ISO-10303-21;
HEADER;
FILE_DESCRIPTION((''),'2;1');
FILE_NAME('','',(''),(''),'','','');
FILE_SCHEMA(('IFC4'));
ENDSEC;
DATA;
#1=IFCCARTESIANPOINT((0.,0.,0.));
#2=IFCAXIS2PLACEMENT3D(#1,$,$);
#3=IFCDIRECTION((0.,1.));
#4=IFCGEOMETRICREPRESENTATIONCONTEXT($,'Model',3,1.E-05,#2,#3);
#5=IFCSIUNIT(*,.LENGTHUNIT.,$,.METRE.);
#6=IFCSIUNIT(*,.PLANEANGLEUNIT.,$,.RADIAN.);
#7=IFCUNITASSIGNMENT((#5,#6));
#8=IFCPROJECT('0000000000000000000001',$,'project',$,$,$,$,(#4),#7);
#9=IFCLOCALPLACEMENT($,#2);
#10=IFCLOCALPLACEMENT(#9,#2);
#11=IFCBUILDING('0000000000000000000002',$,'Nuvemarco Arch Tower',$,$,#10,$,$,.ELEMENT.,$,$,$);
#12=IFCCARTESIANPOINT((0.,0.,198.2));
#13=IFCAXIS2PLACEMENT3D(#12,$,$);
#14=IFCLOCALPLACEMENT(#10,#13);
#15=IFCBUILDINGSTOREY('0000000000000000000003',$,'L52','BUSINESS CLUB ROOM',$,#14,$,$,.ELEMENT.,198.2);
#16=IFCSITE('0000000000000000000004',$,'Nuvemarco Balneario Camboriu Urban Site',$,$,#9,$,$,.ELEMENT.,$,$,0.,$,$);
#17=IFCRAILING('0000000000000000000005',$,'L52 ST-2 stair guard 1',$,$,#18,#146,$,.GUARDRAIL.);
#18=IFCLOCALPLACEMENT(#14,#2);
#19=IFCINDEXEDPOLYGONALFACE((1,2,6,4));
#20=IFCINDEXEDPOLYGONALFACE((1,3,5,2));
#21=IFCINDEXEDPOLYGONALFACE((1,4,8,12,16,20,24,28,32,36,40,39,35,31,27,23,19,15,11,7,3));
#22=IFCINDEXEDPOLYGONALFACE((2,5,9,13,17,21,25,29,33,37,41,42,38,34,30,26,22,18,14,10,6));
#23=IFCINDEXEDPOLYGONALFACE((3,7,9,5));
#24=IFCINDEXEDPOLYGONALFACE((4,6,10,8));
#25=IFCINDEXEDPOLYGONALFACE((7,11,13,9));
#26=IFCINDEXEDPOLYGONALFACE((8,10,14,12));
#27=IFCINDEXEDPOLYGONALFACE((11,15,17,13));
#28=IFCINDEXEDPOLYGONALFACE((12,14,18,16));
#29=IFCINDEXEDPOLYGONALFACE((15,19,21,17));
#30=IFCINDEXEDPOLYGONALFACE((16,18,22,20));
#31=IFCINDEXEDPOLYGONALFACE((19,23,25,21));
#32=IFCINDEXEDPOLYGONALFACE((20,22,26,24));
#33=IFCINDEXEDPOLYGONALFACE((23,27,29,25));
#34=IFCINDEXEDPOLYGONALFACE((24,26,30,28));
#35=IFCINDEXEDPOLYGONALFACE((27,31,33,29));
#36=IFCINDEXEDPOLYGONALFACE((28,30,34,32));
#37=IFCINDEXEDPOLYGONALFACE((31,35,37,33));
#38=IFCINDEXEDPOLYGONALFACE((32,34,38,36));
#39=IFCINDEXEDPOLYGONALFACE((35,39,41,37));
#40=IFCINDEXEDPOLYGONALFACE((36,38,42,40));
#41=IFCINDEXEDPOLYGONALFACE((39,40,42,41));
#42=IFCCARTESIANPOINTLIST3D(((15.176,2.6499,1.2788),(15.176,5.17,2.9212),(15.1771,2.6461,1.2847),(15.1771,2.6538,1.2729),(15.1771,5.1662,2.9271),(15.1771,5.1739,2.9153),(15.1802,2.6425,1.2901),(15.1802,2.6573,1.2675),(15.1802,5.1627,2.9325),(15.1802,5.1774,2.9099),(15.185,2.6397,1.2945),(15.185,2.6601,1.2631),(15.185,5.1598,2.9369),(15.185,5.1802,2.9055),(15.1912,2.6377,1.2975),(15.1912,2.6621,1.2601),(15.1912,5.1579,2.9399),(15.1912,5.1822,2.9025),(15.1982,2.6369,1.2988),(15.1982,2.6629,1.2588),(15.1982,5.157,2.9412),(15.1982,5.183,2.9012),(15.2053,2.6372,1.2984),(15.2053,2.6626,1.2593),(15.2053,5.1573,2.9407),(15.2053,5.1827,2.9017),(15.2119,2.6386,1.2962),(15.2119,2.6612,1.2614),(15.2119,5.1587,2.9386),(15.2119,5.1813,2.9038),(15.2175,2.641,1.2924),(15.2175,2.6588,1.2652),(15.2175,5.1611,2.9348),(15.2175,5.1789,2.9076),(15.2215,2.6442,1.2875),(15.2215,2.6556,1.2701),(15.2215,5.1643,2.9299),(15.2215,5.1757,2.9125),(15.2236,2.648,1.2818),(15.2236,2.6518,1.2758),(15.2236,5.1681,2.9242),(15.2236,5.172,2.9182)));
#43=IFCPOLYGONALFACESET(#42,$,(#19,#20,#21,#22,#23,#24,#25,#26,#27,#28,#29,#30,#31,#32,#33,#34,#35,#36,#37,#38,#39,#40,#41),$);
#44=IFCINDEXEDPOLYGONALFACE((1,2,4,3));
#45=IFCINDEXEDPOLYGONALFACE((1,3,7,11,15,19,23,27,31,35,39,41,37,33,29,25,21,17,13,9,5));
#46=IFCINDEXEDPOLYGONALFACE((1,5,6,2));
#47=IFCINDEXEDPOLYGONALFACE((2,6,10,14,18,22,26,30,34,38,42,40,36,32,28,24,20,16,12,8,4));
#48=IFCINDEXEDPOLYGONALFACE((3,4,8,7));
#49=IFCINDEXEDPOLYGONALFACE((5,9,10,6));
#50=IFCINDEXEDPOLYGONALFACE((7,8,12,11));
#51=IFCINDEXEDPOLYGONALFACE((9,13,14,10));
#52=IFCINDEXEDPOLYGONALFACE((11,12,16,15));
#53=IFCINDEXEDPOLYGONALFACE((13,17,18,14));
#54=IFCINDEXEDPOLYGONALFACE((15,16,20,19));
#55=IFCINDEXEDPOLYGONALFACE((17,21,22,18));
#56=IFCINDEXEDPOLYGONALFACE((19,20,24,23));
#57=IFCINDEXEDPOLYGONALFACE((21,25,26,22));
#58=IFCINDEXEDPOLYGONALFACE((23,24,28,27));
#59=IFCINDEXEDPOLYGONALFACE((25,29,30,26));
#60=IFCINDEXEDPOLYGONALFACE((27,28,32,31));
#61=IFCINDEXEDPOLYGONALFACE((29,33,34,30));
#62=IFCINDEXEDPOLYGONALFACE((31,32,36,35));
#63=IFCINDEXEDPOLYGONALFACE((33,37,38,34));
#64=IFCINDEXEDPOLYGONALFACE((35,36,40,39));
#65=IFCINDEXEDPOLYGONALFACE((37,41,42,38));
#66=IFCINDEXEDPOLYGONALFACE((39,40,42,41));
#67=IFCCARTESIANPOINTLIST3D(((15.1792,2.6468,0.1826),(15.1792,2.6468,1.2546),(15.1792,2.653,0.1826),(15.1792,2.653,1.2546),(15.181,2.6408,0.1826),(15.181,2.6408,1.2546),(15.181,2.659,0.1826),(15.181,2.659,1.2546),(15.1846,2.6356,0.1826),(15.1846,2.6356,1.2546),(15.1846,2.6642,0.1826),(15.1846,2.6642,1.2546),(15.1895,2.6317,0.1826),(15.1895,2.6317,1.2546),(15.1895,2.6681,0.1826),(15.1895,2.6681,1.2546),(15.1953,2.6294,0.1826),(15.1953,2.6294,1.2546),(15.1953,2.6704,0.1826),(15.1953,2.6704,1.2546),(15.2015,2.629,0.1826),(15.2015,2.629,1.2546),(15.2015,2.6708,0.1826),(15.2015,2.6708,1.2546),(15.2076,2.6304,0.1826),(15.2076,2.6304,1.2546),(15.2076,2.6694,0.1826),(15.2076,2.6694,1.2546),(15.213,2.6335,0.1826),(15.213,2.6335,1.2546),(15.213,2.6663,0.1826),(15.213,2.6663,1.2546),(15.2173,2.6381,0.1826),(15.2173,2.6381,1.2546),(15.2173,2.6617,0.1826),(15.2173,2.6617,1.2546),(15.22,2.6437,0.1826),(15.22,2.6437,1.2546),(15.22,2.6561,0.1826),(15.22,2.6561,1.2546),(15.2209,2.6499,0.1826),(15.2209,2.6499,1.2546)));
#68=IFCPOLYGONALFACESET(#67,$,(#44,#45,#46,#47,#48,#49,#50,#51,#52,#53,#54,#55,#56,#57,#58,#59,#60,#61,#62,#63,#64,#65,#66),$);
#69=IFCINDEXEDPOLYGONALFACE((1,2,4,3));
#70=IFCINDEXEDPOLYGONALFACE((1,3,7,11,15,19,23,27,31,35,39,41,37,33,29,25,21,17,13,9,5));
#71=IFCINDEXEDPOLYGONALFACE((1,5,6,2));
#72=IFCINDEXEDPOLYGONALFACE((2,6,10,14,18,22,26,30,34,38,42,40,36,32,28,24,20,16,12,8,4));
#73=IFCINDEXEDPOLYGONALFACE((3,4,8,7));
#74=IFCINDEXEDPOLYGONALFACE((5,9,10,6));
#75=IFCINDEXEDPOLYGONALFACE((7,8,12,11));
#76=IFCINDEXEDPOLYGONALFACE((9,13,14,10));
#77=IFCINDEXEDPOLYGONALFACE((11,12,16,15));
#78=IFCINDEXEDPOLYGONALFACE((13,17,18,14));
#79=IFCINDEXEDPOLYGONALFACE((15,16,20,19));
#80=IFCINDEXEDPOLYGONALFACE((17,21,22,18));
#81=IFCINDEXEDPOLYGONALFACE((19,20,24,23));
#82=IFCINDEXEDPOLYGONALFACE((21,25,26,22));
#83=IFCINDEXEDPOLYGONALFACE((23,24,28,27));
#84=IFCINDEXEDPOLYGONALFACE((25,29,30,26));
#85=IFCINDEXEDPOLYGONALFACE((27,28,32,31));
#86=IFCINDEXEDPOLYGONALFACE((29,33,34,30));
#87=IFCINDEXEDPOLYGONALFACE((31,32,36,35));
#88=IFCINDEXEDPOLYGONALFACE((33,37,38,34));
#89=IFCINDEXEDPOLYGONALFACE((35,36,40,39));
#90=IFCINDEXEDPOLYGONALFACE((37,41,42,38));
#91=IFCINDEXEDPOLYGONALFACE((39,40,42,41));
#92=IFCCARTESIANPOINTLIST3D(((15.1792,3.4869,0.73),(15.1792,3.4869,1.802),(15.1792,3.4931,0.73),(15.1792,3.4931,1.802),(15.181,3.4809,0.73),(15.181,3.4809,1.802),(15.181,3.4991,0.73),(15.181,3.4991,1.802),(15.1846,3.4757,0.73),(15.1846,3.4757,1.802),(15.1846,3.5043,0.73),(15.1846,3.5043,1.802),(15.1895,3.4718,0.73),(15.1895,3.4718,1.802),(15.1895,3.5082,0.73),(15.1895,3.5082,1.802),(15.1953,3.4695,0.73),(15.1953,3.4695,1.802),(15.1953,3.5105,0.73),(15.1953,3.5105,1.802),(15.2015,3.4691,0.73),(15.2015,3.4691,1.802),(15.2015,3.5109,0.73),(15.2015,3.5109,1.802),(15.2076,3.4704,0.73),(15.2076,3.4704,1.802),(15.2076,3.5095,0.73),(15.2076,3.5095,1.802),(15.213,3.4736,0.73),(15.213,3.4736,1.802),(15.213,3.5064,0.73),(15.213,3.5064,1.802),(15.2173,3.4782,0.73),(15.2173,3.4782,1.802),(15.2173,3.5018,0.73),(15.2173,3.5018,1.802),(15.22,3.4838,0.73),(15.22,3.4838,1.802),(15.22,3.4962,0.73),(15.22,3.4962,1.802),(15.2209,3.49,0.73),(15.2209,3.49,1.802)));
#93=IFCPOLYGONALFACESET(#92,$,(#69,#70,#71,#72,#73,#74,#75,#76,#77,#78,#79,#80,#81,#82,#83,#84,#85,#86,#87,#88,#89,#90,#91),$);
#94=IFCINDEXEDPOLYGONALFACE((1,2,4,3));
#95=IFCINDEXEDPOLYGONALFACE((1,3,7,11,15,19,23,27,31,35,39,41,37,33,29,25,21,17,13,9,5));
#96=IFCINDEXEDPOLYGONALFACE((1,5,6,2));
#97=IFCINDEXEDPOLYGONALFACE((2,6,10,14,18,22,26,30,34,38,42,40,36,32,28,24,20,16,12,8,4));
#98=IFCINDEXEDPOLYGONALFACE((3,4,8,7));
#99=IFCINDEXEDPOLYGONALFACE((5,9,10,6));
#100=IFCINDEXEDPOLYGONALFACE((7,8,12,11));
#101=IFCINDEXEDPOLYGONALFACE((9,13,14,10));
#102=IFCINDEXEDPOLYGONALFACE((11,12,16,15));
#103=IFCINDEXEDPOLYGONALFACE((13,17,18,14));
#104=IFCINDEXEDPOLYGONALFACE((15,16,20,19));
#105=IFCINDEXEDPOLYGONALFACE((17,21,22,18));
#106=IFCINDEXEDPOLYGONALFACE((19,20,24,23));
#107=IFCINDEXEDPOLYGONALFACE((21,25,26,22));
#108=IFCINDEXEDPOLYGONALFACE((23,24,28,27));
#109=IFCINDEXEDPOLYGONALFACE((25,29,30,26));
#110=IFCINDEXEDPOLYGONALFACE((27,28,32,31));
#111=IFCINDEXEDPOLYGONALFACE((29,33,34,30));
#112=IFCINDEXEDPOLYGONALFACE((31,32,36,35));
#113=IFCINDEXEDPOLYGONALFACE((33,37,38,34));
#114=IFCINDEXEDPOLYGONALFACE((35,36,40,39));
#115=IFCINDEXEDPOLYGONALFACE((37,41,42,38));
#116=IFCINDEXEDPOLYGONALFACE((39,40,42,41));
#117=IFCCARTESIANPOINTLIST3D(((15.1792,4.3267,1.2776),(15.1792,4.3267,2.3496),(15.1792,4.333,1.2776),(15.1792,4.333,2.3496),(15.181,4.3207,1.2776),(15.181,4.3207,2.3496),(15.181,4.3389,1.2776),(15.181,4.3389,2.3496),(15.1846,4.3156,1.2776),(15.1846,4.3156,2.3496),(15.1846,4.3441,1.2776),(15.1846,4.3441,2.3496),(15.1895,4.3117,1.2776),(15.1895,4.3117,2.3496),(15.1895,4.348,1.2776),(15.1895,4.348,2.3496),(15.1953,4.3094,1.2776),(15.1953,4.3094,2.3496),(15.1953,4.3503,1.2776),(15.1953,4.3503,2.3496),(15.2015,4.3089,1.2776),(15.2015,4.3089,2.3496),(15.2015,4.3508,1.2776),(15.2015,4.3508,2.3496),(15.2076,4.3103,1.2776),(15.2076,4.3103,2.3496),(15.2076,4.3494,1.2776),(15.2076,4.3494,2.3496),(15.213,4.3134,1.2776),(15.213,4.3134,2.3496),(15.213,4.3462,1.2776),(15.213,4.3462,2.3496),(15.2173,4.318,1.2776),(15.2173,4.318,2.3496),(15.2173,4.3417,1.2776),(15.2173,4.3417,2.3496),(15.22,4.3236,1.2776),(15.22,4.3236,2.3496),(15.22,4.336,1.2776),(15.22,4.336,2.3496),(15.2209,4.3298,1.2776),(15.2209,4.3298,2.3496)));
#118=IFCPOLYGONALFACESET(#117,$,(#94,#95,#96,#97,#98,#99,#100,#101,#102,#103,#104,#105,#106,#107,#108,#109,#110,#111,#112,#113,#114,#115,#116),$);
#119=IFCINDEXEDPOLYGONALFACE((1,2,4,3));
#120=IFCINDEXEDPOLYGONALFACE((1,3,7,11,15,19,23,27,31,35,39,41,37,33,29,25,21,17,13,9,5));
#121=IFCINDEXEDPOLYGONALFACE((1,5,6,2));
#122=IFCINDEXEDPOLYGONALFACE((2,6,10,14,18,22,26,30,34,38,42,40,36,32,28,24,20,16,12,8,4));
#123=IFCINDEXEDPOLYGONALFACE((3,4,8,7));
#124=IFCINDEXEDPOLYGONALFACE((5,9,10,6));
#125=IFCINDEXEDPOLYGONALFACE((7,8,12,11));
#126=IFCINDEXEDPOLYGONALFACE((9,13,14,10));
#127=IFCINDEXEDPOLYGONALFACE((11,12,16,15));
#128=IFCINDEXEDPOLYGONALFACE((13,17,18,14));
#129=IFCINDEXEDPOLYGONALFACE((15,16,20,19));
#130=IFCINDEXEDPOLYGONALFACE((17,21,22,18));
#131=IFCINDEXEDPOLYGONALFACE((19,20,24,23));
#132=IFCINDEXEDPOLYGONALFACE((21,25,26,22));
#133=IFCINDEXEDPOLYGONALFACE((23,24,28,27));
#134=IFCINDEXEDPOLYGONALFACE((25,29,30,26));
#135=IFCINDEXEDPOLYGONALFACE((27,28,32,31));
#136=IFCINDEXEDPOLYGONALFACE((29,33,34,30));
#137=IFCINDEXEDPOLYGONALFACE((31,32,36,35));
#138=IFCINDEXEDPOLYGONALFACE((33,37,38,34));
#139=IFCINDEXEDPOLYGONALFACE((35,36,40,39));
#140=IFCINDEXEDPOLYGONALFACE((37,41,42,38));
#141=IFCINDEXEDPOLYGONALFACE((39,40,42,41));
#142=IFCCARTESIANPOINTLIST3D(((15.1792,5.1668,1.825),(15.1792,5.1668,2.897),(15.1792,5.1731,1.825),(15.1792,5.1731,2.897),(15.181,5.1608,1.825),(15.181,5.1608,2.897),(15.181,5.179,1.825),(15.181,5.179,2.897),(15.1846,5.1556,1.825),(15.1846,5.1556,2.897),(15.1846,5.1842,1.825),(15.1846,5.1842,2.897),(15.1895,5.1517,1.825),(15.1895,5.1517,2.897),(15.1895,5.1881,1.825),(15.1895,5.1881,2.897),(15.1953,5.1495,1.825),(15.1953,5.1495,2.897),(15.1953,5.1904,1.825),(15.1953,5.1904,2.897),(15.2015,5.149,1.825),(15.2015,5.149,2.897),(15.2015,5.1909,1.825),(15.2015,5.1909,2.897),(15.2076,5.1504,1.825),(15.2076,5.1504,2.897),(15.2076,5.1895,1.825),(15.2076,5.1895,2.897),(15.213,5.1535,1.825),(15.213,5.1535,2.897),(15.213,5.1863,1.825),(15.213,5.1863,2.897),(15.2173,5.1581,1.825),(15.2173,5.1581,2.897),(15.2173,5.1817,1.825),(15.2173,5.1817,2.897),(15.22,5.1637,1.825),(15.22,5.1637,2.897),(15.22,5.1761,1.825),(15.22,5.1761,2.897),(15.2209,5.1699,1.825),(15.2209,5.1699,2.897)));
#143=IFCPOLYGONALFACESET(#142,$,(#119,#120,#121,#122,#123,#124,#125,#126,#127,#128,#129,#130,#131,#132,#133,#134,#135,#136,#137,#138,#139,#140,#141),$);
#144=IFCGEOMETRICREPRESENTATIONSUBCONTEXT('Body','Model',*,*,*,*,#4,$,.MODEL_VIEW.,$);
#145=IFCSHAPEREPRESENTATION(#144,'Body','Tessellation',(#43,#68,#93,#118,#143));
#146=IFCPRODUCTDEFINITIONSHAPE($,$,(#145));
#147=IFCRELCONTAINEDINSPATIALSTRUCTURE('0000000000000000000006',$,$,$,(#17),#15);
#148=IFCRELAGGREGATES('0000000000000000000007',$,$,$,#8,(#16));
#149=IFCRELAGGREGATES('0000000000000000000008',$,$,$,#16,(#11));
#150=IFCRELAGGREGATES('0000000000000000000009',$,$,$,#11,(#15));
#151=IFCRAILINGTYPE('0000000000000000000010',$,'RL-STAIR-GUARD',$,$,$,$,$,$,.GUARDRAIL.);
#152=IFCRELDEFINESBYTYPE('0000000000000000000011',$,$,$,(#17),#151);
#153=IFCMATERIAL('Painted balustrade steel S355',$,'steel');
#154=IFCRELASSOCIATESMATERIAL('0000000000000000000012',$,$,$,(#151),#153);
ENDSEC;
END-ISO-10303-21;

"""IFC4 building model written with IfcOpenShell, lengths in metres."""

from ifc_helpers import new_model, si_unit, direction, frame, origin, origin_2d, place, context, subcontext, project, spatial, circle, extrude, material, type_object, element, save


model = new_model("IFC4")

# Units and contexts
model_context = context("Model", 3, precision=1e-05, world=origin(), true_north=direction((0.0, 1.0)))
body_context = subcontext(model_context, "Body", "Model", "MODEL_VIEW")
ifc_project = project(units=[si_unit("LENGTHUNIT", "METRE"), si_unit("PLANEANGLEUNIT", "RADIAN")], contexts=[model_context])

# Site, building, storey
site_placement = place(None, origin())
site = spatial("IfcSite", under=ifc_project, at=site_placement, Name="Nuvemarco Balneario Camboriu Urban Site", CompositionType="ELEMENT", RefElevation=0.0)
building_placement = place(site_placement, origin())
building = spatial("IfcBuilding", under=site, at=building_placement, Name="Nuvemarco Arch Tower", CompositionType="ELEMENT")
storey_placement = place(building_placement, frame((0.0, 0.0, 198.2)))
storey = spatial("IfcBuildingStorey", under=building, at=storey_placement, Name="L52", Description="BUSINESS CLUB ROOM", CompositionType="ELEMENT", Elevation=198.2)

# Railing
ifc_material_1 = material(Name="Painted balustrade steel S355", Category="steel")
railing_type_1 = type_object("IfcRailingType", Name="RL-STAIR-GUARD", PredefinedType="GUARDRAIL", material=ifc_material_1)
railing_1_placement = place(storey_placement, frame((15.2, 2.6499, 0.1826)))
element("IfcRailing", 1, at=railing_1_placement, inside=storey, type_object=railing_type_1, Name="L52 ST-2 stair guard 1", PredefinedType="GUARDRAIL", context=body_context, shape_type="SweptSolid", body=[
    extrude(circle(Radius=0.0239, at=origin_2d()), frame((0.0, 0.0, 1.0962), z_axis=(0.0, 0.837787, 0.545998), x_axis=(-1.0, 0.0, 0.0)), (0.0, 0.0, 1.0), 3.0081),
    extrude(circle(Radius=0.021, at=origin_2d()), origin(), (0.0, 0.0, 1.0), 1.072),
    extrude(circle(Radius=0.021, at=origin_2d()), frame((0.0, 0.8401, 0.5474)), (0.0, 0.0, 1.0), 1.072),
    extrude(circle(Radius=0.021, at=origin_2d()), frame((0.0, 1.6799, 1.095)), (0.0, 0.0, 1.0), 1.072),
    extrude(circle(Radius=0.021, at=origin_2d()), frame((0.0, 2.52, 1.6423)), (0.0, 0.0, 1.0), 1.072),
])

save(model, "model.ifc")
